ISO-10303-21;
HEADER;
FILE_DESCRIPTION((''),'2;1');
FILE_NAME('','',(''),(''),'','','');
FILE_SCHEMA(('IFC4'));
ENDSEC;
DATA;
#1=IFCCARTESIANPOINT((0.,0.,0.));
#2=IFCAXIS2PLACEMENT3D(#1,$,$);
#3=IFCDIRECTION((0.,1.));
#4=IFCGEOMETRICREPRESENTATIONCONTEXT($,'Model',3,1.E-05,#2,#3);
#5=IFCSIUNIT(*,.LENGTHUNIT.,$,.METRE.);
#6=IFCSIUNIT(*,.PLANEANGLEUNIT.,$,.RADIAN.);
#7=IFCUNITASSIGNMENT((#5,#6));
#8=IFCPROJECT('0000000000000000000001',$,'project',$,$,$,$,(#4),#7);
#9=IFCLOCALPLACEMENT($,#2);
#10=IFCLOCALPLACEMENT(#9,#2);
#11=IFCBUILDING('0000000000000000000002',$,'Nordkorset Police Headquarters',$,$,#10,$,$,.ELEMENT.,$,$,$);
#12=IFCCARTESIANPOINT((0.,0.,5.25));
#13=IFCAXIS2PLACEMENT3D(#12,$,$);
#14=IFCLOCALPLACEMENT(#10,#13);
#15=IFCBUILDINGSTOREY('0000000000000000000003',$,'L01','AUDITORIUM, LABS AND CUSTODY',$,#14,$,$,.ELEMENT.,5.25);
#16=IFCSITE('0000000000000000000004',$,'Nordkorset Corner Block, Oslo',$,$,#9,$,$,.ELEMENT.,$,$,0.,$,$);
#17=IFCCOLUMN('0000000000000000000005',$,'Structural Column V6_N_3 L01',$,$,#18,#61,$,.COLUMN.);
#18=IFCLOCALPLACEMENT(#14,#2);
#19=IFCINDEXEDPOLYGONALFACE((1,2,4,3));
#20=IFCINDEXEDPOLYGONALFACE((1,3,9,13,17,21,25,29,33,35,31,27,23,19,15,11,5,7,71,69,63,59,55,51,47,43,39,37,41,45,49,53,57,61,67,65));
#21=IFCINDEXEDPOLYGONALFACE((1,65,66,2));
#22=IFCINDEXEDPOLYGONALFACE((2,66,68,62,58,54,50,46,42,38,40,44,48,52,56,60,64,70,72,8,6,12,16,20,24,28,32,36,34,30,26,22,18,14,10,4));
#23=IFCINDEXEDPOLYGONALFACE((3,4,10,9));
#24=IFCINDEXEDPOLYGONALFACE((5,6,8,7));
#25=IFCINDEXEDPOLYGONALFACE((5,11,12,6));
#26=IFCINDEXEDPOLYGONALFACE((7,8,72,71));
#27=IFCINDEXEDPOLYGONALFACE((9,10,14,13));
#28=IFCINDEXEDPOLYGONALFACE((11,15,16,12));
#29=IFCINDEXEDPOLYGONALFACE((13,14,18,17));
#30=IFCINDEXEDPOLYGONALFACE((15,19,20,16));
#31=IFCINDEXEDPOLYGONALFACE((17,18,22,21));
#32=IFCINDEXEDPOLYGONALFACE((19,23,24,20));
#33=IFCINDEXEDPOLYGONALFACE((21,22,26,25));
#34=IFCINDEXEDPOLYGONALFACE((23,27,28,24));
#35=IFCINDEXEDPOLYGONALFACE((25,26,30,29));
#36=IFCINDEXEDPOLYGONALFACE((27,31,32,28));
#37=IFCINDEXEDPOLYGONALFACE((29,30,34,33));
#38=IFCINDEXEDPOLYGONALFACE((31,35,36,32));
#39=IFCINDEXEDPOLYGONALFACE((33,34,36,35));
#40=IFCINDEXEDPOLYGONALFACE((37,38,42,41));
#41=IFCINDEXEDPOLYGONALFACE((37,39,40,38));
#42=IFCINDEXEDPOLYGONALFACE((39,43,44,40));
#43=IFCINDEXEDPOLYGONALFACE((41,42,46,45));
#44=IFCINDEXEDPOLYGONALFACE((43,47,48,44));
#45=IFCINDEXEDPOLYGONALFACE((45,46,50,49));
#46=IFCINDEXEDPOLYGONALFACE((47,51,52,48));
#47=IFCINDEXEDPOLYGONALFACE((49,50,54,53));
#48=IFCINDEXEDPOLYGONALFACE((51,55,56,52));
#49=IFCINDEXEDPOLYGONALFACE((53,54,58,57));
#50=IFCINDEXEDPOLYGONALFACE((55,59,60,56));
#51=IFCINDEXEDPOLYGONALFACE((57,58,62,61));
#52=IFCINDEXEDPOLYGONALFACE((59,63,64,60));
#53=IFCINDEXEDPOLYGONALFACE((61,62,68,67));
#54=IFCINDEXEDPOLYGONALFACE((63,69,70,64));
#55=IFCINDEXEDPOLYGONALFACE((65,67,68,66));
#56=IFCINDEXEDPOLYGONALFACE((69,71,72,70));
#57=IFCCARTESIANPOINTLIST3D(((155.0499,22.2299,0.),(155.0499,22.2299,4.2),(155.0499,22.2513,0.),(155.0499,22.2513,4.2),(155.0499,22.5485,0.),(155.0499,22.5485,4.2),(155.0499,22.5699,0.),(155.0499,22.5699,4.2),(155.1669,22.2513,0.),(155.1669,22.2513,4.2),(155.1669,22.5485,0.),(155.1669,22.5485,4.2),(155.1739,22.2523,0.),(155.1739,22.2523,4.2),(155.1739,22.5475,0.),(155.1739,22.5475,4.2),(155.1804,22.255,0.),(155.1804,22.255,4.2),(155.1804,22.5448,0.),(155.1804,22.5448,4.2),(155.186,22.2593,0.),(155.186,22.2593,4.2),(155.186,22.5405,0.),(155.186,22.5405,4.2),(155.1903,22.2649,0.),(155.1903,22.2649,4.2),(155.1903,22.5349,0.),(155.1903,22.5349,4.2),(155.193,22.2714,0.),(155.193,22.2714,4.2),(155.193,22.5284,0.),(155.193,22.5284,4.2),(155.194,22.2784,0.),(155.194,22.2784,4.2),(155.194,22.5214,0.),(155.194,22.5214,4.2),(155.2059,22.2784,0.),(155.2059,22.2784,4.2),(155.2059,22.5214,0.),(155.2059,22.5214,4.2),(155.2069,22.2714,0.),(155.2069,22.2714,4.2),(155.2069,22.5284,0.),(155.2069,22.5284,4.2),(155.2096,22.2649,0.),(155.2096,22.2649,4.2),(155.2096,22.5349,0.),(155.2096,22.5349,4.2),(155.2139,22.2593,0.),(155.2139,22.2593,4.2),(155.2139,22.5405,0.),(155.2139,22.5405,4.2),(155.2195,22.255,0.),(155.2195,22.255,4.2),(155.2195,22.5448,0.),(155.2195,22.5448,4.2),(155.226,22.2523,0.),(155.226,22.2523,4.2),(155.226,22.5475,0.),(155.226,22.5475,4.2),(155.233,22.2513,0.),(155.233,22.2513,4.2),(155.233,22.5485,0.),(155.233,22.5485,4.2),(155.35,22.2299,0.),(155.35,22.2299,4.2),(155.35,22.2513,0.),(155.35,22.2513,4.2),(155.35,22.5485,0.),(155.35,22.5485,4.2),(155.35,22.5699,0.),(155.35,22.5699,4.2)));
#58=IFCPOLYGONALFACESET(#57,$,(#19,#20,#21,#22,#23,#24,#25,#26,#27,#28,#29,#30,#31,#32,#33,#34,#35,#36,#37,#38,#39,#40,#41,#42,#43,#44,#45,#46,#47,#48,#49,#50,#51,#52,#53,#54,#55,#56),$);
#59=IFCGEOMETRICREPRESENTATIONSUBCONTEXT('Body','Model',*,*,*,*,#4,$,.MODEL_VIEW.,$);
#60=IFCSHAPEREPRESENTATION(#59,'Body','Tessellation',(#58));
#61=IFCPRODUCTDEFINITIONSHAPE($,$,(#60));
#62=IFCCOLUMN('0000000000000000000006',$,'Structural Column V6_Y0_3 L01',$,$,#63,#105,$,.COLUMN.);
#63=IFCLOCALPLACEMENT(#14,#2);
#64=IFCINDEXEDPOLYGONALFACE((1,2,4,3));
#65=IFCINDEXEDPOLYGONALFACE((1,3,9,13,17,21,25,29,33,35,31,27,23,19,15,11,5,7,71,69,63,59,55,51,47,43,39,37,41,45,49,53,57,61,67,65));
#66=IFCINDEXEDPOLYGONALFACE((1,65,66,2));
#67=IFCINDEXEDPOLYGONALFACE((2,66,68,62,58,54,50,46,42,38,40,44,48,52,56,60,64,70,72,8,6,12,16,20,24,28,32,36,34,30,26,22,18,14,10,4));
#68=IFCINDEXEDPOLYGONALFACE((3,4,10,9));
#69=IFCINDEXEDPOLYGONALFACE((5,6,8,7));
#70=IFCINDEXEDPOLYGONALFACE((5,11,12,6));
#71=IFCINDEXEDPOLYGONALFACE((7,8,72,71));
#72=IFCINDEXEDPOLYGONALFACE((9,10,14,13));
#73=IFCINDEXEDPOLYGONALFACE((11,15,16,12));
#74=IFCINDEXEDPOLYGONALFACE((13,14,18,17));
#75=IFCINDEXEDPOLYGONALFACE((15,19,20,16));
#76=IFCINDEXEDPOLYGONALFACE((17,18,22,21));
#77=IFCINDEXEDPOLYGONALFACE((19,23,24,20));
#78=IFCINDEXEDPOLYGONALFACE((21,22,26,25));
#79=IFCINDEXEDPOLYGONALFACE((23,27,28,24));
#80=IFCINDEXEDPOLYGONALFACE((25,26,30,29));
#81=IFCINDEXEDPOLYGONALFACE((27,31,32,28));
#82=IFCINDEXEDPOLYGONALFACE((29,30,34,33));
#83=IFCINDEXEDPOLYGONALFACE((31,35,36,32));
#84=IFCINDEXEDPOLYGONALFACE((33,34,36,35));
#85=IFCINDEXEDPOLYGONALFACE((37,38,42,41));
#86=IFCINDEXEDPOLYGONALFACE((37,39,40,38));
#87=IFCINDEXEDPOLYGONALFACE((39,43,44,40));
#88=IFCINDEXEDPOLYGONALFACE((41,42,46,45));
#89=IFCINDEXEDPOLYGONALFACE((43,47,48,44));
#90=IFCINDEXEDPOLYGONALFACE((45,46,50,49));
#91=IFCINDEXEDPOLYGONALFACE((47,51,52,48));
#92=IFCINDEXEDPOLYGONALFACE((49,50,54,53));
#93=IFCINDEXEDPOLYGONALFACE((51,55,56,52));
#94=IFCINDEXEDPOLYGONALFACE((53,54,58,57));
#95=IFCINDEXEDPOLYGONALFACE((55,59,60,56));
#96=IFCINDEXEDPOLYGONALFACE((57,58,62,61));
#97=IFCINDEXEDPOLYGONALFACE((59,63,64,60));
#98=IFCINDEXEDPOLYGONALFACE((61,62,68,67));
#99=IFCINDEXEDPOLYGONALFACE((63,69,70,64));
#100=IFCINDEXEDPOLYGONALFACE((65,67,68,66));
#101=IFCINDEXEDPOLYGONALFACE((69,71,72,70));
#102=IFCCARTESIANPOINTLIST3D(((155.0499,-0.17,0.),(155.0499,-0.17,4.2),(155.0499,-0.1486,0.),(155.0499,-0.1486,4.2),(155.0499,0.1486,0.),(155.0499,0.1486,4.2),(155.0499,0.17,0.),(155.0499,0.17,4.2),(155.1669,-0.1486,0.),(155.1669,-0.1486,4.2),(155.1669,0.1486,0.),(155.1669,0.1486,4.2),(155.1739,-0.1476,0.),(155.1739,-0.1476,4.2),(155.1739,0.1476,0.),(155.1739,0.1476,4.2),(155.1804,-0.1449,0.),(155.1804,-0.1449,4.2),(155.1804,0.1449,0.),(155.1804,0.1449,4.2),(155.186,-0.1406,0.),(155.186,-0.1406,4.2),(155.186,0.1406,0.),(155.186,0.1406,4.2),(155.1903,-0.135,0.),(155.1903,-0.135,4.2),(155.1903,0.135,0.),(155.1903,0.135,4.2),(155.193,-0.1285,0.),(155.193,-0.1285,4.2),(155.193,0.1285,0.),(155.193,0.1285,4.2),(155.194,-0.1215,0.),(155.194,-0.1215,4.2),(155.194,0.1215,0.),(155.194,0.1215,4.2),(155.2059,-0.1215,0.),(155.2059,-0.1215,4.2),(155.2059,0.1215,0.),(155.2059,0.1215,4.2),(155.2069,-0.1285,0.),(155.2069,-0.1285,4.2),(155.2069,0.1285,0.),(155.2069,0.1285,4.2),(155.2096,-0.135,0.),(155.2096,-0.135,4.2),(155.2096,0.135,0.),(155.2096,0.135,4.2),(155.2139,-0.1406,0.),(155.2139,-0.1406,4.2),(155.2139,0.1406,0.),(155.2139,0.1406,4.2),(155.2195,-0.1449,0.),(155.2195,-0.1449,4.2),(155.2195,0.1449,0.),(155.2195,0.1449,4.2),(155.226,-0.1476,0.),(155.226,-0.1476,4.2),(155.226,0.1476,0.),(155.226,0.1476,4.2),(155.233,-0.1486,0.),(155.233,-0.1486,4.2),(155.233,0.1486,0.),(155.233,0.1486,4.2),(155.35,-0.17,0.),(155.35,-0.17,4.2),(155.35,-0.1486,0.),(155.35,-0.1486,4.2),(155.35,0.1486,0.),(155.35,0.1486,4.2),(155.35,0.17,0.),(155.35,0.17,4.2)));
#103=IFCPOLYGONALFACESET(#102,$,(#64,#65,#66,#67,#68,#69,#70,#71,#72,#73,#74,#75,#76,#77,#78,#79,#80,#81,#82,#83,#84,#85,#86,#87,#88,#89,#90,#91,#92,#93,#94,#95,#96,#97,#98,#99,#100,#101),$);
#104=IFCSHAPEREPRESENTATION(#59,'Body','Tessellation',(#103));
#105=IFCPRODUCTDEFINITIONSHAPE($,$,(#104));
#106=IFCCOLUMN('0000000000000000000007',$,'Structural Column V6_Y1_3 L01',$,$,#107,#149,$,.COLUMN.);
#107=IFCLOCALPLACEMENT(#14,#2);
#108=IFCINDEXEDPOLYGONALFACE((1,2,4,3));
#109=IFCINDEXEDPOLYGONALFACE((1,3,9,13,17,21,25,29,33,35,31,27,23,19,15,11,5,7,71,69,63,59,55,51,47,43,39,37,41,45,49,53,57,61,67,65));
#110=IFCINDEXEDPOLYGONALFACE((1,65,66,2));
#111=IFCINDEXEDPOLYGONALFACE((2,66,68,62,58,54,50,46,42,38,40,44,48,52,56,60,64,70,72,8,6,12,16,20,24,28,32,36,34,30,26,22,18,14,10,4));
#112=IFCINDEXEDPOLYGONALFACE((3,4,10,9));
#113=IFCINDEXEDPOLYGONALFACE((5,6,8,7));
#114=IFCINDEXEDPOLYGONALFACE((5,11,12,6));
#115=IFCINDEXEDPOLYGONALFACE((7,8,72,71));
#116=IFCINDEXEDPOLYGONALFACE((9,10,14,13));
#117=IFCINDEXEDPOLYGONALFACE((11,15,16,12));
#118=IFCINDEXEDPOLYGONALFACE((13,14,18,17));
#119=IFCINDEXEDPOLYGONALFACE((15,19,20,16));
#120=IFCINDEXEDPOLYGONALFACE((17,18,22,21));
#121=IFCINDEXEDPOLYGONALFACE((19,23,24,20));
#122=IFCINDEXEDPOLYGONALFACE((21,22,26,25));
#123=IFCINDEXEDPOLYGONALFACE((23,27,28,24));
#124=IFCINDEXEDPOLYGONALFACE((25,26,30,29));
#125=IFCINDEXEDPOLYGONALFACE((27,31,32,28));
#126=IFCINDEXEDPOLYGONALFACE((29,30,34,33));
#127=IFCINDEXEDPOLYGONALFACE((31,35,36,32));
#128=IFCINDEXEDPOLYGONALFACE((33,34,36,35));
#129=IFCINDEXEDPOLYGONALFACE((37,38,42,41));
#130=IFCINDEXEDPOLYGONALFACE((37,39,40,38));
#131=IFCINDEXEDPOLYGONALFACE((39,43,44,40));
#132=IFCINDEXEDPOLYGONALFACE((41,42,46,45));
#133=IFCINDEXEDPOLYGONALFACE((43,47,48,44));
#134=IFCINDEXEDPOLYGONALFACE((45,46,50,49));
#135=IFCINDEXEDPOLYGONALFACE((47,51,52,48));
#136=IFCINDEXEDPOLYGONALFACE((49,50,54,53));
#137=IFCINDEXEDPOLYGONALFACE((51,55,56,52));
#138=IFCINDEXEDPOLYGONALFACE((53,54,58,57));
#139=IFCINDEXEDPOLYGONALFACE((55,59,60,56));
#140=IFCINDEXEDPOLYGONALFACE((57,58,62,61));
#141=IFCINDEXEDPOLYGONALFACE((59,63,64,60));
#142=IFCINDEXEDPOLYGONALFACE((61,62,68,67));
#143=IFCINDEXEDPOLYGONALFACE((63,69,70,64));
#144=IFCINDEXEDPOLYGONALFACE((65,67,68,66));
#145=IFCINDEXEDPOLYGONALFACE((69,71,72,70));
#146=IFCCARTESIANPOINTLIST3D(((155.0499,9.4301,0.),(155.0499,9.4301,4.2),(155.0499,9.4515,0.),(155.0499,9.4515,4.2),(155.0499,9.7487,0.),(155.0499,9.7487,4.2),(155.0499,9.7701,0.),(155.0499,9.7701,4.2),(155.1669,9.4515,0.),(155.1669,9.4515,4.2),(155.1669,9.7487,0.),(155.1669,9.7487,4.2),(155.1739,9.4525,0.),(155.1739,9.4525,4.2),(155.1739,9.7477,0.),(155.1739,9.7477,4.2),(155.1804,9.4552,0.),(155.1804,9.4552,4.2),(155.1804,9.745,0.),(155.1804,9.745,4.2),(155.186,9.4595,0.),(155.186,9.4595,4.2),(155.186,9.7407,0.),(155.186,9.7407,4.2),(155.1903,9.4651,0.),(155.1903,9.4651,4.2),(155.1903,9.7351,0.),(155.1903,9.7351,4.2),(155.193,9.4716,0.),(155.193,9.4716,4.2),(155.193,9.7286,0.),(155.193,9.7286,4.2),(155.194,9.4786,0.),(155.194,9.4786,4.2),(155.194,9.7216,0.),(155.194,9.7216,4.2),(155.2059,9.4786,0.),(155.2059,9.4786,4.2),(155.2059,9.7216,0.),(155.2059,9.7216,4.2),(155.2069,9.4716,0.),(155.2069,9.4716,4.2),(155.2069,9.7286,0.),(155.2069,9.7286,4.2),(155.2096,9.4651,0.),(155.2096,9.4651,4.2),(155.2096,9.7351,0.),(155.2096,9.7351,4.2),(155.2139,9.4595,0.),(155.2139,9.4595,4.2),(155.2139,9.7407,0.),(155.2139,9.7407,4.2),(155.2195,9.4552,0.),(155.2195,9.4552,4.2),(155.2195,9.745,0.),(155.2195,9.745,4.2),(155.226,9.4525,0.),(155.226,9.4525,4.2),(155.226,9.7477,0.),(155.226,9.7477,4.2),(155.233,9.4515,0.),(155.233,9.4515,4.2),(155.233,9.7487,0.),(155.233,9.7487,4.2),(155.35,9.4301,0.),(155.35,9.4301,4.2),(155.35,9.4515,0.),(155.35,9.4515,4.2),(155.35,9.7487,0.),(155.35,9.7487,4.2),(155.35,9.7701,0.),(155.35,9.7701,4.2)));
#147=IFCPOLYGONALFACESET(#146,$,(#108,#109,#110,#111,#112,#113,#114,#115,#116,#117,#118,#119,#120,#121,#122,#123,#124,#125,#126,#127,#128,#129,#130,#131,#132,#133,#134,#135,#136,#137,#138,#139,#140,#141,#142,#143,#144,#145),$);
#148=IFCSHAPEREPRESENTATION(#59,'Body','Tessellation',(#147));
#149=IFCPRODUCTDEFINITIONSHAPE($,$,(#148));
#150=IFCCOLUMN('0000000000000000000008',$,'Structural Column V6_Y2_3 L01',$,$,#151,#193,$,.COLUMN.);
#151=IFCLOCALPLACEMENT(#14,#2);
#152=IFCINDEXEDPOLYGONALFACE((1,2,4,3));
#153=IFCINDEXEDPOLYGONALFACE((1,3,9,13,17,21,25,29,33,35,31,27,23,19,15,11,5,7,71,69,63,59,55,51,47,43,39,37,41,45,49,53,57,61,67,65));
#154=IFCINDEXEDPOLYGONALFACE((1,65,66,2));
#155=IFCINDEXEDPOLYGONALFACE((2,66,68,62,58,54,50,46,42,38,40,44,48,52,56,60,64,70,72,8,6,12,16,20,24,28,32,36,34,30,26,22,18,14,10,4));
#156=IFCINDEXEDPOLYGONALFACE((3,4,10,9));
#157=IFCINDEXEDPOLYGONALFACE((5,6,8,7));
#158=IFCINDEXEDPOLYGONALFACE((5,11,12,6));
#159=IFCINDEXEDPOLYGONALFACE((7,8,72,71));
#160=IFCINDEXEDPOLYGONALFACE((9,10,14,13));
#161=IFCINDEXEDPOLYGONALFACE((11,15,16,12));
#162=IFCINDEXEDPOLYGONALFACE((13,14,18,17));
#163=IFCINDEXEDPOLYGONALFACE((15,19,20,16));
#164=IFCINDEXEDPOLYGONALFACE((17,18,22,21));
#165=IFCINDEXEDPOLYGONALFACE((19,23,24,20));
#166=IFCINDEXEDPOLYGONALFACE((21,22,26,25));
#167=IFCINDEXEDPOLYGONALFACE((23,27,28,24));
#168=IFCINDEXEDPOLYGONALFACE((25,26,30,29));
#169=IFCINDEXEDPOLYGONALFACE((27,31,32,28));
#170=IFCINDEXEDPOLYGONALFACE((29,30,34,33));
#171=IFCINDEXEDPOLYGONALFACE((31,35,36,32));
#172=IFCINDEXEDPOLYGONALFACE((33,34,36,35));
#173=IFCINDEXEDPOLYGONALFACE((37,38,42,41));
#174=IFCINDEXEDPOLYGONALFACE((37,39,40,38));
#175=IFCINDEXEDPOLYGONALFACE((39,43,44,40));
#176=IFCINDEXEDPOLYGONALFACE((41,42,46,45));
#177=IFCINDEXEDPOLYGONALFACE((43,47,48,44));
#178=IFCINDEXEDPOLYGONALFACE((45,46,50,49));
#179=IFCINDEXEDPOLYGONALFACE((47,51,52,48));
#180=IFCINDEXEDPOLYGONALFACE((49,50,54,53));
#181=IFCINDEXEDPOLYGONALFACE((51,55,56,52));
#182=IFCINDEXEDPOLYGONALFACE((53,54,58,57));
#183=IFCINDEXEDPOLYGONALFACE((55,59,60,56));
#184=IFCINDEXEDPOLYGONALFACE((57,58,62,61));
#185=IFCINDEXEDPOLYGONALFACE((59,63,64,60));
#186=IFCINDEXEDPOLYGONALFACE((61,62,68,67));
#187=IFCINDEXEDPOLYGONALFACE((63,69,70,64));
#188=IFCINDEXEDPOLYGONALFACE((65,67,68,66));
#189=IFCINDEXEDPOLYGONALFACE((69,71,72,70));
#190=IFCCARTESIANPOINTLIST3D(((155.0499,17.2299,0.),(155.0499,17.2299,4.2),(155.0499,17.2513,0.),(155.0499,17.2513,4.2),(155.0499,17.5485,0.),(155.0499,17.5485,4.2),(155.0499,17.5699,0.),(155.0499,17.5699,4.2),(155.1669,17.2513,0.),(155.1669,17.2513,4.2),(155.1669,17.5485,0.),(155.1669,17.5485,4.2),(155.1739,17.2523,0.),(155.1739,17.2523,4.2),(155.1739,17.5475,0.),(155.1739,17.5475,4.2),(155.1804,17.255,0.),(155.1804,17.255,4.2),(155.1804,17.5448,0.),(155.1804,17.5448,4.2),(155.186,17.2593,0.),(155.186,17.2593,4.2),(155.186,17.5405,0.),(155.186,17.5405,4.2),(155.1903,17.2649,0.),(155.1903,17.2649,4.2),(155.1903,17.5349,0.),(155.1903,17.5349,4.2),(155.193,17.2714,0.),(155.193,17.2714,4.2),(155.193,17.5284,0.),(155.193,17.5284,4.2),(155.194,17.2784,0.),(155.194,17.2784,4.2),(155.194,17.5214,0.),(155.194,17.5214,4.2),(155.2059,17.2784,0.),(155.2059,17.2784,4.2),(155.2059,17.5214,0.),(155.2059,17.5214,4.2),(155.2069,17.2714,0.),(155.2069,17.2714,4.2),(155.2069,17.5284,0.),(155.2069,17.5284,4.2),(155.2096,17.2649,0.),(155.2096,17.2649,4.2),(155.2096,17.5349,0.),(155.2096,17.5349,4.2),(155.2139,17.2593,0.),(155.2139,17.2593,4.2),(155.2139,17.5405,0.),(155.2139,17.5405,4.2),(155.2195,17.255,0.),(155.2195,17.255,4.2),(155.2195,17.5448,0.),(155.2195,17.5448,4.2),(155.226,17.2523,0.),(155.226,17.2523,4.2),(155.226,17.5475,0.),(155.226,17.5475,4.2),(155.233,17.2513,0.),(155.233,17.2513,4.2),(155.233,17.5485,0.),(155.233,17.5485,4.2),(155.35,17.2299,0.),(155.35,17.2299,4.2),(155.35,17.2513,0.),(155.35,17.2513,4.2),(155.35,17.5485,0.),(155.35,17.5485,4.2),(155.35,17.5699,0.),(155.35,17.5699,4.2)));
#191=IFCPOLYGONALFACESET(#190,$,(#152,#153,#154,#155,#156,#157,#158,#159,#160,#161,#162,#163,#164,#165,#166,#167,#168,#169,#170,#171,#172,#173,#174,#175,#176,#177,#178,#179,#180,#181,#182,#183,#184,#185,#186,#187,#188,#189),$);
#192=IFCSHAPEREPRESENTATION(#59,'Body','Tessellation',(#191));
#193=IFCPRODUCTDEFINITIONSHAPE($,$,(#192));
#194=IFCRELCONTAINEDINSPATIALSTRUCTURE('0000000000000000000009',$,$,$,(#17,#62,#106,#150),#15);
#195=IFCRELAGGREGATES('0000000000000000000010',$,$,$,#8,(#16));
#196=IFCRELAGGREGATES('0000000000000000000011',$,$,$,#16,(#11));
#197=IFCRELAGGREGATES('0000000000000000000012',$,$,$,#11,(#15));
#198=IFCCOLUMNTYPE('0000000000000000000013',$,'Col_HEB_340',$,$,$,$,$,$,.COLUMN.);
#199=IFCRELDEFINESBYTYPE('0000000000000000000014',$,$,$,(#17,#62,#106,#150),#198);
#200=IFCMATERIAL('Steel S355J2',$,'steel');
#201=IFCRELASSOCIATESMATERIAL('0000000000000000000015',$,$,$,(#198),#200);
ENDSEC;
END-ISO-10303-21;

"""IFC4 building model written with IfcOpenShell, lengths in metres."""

from ifc_helpers import new_model, si_unit, direction, frame, origin, origin_2d, place, context, subcontext, project, spatial, i_section, extrude, material, material_profile, profile_set, type_object, element, save


model = new_model("IFC4")

# Units and contexts
model_context = context("Model", 3, precision=1e-05, world=origin(), true_north=direction((0.0, 1.0)))
body_context = subcontext(model_context, "Body", "Model", "MODEL_VIEW")
ifc_project = project(units=[si_unit("LENGTHUNIT", "METRE"), si_unit("PLANEANGLEUNIT", "RADIAN")], contexts=[model_context])

# Site, building, storey
site_placement = place(None, origin())
site = spatial("IfcSite", under=ifc_project, at=site_placement, Name="Nordkorset Corner Block, Oslo", CompositionType="ELEMENT", RefElevation=0.0)
building_placement = place(site_placement, origin())
building = spatial("IfcBuilding", under=site, at=building_placement, Name="Nordkorset Police Headquarters", CompositionType="ELEMENT")
storey_placement = place(building_placement, frame((0.0, 0.0, 5.25)))
storey = spatial("IfcBuildingStorey", under=building, at=storey_placement, Name="L01", Description="AUDITORIUM, LABS AND CUSTODY", CompositionType="ELEMENT", Elevation=5.25)

# Columns
ifc_material_1 = material(Name="Steel S355J2", Category="steel")
ifc_material_profile_1 = material_profile(ifc_material_1, i_section(OverallWidth=0.3, OverallDepth=0.3401, WebThickness=0.012, FlangeThickness=0.0215, FilletRadius=0.0271, at=origin_2d()), Name="HEB 340")
ifc_profile_set_1 = profile_set([ifc_material_profile_1], Name="Steel S355J2")
column_type = type_object("IfcColumnType", Name="Col_HEB_340", PredefinedType="COLUMN", material=ifc_profile_set_1)
for number, where, z_axis, x_axis, name in (
    (1, (155.2, 22.3999, 0.0), (0.0, 0.0, 1.0), (1.0, 0.0, 0.0), "Structural Column V6_N_3 L01"),
    (2, (155.2, 0.0, 0.0), (0.0, 0.0, 1.0), (1.0, 0.0, 0.0), "Structural Column V6_Y0_3 L01"),
    (3, (155.2, 9.6001, 0.0), (0.0, 0.0, 1.0), (1.0, 0.0, 0.0), "Structural Column V6_Y1_3 L01"),
    (4, (155.2, 17.3999, 0.0), (0.0, 0.0, 1.0), (1.0, 0.0, 0.0), "Structural Column V6_Y2_3 L01"),
):
    element("IfcColumn", number, at=place(storey_placement, frame(where, z_axis=z_axis, x_axis=x_axis)), inside=storey, type_object=column_type, Name=name, PredefinedType="COLUMN", context=body_context, shape_type="SweptSolid", body=[
        extrude(i_section(OverallWidth=0.3, OverallDepth=0.3401, WebThickness=0.012, FlangeThickness=0.0215, FilletRadius=0.0271, at=origin_2d()), origin(), (0.0, 0.0, 1.0), 4.2),
    ])

save(model, "model.ifc")
